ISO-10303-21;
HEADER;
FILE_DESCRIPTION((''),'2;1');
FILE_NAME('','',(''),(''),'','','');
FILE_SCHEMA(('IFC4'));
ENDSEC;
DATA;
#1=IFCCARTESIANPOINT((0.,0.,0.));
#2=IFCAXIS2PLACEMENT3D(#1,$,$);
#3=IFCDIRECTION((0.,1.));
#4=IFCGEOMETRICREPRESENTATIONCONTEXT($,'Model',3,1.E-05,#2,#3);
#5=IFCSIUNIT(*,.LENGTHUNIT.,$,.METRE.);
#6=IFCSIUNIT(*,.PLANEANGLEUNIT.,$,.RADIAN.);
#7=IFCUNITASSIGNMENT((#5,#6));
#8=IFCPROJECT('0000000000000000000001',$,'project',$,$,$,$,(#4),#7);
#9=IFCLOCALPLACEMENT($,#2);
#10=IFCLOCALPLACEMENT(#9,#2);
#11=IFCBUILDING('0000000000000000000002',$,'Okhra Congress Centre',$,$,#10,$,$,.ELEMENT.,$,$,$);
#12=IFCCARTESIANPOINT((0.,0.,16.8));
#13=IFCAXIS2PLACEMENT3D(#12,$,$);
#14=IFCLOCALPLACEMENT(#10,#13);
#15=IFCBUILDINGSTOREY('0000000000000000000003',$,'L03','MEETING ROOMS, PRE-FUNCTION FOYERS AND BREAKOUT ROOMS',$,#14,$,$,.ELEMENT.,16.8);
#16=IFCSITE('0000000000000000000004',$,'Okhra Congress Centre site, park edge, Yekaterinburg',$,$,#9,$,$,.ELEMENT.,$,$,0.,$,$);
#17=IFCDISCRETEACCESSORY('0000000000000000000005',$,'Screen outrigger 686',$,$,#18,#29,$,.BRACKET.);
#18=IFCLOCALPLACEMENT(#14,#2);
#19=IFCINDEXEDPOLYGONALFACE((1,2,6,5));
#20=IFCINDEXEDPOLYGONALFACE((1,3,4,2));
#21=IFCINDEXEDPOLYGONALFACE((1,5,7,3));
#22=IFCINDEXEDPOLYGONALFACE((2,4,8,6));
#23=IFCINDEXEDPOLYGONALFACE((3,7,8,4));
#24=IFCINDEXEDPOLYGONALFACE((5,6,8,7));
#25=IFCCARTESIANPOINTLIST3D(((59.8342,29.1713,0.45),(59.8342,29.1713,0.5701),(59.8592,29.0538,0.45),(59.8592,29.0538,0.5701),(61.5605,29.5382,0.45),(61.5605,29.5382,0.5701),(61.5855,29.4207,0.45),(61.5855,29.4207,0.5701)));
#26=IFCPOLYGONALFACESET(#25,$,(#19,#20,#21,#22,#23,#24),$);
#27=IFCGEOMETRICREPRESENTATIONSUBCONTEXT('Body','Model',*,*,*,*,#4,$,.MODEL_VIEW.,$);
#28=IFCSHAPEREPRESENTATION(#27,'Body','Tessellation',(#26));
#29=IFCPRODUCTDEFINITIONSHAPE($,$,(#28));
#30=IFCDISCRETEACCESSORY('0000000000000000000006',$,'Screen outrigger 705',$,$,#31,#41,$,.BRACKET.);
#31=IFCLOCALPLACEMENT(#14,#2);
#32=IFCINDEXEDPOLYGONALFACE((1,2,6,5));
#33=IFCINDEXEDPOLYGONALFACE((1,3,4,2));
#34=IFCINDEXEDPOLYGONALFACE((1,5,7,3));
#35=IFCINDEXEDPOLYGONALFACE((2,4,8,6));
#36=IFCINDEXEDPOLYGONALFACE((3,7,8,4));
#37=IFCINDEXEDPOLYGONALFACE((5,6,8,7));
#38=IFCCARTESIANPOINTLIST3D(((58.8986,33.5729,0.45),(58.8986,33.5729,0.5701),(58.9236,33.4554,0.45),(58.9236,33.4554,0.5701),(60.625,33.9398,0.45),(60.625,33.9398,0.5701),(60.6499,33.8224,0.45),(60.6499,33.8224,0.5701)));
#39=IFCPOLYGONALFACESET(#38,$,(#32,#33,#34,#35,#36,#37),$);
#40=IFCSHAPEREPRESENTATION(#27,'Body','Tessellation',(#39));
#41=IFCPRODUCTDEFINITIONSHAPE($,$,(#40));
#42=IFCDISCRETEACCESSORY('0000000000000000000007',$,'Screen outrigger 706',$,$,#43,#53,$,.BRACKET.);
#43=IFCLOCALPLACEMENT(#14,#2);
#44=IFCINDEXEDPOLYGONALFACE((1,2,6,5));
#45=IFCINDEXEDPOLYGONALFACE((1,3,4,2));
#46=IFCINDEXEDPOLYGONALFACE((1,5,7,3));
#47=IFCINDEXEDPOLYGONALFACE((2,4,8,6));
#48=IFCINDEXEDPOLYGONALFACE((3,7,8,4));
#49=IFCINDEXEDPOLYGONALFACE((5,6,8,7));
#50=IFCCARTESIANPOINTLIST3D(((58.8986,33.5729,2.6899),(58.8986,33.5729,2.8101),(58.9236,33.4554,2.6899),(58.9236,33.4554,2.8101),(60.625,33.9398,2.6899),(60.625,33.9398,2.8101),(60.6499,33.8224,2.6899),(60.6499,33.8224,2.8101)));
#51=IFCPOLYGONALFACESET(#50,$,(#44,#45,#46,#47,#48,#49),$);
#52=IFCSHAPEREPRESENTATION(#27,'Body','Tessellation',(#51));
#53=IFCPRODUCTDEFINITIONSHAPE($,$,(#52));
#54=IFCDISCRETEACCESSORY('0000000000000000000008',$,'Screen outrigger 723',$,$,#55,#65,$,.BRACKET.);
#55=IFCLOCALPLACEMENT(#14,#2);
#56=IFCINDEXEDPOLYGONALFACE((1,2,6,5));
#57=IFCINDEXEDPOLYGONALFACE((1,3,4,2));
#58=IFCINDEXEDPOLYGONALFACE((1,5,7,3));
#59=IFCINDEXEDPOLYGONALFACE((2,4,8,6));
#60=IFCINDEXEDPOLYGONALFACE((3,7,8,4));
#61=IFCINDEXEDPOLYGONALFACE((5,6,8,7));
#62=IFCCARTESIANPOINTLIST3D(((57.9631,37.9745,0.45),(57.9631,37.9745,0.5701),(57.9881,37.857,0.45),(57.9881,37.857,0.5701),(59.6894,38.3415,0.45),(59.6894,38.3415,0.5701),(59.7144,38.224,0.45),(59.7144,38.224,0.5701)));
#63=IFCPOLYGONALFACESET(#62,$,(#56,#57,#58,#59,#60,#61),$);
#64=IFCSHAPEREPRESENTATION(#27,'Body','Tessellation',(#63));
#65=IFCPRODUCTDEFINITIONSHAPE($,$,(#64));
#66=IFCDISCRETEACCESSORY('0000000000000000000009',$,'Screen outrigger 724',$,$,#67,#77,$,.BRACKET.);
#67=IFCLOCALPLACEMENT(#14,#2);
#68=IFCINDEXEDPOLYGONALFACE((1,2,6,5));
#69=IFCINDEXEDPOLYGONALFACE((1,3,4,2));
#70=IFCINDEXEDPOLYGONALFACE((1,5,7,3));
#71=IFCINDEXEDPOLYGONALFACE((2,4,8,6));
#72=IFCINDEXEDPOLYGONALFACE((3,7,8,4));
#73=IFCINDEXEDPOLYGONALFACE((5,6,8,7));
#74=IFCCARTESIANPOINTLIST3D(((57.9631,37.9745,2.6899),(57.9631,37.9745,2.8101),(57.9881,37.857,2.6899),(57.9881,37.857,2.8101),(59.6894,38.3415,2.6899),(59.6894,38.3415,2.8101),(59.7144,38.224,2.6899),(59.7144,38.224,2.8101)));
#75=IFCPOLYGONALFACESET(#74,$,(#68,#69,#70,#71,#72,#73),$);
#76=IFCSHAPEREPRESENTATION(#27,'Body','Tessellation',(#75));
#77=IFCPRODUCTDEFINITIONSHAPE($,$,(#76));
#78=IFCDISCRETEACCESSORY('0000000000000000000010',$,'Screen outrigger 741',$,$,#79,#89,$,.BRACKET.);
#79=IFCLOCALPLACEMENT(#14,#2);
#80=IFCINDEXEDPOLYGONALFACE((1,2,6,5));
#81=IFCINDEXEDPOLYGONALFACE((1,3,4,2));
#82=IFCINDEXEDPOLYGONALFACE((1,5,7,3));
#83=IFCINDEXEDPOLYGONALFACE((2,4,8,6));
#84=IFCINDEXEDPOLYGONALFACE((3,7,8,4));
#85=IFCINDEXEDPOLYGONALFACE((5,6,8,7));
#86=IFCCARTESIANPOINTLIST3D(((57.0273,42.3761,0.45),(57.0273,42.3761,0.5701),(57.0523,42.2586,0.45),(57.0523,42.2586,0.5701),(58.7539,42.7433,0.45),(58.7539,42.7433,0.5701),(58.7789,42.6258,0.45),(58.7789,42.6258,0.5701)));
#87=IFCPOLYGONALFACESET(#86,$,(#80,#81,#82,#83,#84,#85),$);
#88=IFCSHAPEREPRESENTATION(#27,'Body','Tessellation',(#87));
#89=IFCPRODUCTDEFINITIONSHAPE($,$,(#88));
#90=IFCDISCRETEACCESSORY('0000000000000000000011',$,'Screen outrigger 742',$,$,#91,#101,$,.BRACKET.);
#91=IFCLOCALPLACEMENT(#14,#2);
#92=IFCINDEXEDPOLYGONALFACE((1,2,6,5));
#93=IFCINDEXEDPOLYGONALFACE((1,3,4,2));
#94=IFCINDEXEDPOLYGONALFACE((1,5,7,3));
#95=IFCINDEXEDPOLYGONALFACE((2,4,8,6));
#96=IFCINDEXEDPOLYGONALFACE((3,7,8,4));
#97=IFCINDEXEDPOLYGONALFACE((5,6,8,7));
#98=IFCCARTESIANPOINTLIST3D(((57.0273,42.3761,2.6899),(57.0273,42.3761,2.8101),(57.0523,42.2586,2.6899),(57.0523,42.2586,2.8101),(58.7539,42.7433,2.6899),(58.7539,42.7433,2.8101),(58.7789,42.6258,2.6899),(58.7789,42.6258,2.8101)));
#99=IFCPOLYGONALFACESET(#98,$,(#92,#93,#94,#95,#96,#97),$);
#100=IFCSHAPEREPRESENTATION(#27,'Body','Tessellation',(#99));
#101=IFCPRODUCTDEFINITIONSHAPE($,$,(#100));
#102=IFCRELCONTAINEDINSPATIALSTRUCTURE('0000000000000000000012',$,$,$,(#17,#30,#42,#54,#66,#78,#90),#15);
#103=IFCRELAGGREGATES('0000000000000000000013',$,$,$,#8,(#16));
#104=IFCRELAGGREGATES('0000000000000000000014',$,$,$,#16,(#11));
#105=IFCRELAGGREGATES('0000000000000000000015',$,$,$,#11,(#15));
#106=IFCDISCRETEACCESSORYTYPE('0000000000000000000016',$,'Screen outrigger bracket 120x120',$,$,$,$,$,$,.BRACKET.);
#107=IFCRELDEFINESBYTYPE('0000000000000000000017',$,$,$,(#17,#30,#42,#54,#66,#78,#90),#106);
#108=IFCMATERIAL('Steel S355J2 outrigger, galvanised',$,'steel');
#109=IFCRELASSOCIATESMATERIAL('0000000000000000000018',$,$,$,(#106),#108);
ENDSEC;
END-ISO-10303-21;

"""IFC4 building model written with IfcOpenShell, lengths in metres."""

from ifc_helpers import new_model, si_unit, direction, frame, origin, origin_2d, place, context, subcontext, project, spatial, rectangle, extrude, material, material_profile, profile_set, type_object, element, save


model = new_model("IFC4")

# Units and contexts
model_context = context("Model", 3, precision=1e-05, world=origin(), true_north=direction((0.0, 1.0)))
body_context = subcontext(model_context, "Body", "Model", "MODEL_VIEW")
ifc_project = project(units=[si_unit("LENGTHUNIT", "METRE"), si_unit("PLANEANGLEUNIT", "RADIAN")], contexts=[model_context])

# Site, building, storey
site_placement = place(None, origin())
site = spatial("IfcSite", under=ifc_project, at=site_placement, Name="Okhra Congress Centre site, park edge, Yekaterinburg", CompositionType="ELEMENT", RefElevation=0.0)
building_placement = place(site_placement, origin())
building = spatial("IfcBuilding", under=site, at=building_placement, Name="Okhra Congress Centre", CompositionType="ELEMENT")
storey_placement = place(building_placement, frame((0.0, 0.0, 16.8)))
storey = spatial("IfcBuildingStorey", under=building, at=storey_placement, Name="L03", Description="MEETING ROOMS, PRE-FUNCTION FOYERS AND BREAKOUT ROOMS", CompositionType="ELEMENT", Elevation=16.8)

# Discrete accessories
ifc_material_1 = material(Name="Steel S355J2 outrigger, galvanised", Category="steel")
ifc_material_profile_1 = material_profile(ifc_material_1, rectangle(XDim=0.1201, YDim=0.1201, at=origin_2d()), Name="Screen outrigger bracket 120x120")
ifc_profile_set_1 = profile_set([ifc_material_profile_1], Name="Steel S355J2 outrigger, galvanised")
discrete_accessory_type = type_object("IfcDiscreteAccessoryType", Name="Screen outrigger bracket 120x120", PredefinedType="BRACKET", material=ifc_profile_set_1)
for number, where, z_axis, x_axis, name in (
    (1, (61.573, 29.4795, 0.51), (-0.978147, -0.207913, 0.0), (0.207913, -0.978147, 0.0), "Screen outrigger 686"),
    (2, (60.6375, 33.8811, 0.51), (-0.978147, -0.207913, 0.0), (0.207913, -0.978147, 0.0), "Screen outrigger 705"),
    (3, (60.6375, 33.8811, 2.75), (-0.978147, -0.207913, 0.0), (0.207913, -0.978147, 0.0), "Screen outrigger 706"),
    (4, (59.7019, 38.2827, 0.51), (-0.978147, -0.207913, 0.0), (0.207913, -0.978147, 0.0), "Screen outrigger 723"),
    (5, (59.7019, 38.2827, 2.75), (-0.978147, -0.207913, 0.0), (0.207913, -0.978147, 0.0), "Screen outrigger 724"),
):
    element("IfcDiscreteAccessory", number, at=place(storey_placement, frame(where, z_axis=z_axis, x_axis=x_axis)), inside=storey, type_object=discrete_accessory_type, Name=name, PredefinedType="BRACKET", context=body_context, shape_type="SweptSolid", body=[
        extrude(rectangle(XDim=0.1201, YDim=0.1201, at=origin_2d()), origin(), (0.0, 0.0, 1.0), 1.7649),
    ])
for number, where, z_axis, x_axis, name in (
    (6, (58.7664, 42.6846, 0.51), (-0.978125, -0.208018, 0.0), (0.208018, -0.978125, 0.0), "Screen outrigger 741"),
    (7, (58.7664, 42.6846, 2.75), (-0.978125, -0.208018, 0.0), (0.208018, -0.978125, 0.0), "Screen outrigger 742"),
):
    element("IfcDiscreteAccessory", number, at=place(storey_placement, frame(where, z_axis=z_axis, x_axis=x_axis)), inside=storey, type_object=discrete_accessory_type, Name=name, PredefinedType="BRACKET", context=body_context, shape_type="SweptSolid", body=[
        extrude(rectangle(XDim=0.1201, YDim=0.1201, at=origin_2d()), origin(), (0.0, 0.0, 1.0), 1.7651),
    ])

save(model, "model.ifc")
